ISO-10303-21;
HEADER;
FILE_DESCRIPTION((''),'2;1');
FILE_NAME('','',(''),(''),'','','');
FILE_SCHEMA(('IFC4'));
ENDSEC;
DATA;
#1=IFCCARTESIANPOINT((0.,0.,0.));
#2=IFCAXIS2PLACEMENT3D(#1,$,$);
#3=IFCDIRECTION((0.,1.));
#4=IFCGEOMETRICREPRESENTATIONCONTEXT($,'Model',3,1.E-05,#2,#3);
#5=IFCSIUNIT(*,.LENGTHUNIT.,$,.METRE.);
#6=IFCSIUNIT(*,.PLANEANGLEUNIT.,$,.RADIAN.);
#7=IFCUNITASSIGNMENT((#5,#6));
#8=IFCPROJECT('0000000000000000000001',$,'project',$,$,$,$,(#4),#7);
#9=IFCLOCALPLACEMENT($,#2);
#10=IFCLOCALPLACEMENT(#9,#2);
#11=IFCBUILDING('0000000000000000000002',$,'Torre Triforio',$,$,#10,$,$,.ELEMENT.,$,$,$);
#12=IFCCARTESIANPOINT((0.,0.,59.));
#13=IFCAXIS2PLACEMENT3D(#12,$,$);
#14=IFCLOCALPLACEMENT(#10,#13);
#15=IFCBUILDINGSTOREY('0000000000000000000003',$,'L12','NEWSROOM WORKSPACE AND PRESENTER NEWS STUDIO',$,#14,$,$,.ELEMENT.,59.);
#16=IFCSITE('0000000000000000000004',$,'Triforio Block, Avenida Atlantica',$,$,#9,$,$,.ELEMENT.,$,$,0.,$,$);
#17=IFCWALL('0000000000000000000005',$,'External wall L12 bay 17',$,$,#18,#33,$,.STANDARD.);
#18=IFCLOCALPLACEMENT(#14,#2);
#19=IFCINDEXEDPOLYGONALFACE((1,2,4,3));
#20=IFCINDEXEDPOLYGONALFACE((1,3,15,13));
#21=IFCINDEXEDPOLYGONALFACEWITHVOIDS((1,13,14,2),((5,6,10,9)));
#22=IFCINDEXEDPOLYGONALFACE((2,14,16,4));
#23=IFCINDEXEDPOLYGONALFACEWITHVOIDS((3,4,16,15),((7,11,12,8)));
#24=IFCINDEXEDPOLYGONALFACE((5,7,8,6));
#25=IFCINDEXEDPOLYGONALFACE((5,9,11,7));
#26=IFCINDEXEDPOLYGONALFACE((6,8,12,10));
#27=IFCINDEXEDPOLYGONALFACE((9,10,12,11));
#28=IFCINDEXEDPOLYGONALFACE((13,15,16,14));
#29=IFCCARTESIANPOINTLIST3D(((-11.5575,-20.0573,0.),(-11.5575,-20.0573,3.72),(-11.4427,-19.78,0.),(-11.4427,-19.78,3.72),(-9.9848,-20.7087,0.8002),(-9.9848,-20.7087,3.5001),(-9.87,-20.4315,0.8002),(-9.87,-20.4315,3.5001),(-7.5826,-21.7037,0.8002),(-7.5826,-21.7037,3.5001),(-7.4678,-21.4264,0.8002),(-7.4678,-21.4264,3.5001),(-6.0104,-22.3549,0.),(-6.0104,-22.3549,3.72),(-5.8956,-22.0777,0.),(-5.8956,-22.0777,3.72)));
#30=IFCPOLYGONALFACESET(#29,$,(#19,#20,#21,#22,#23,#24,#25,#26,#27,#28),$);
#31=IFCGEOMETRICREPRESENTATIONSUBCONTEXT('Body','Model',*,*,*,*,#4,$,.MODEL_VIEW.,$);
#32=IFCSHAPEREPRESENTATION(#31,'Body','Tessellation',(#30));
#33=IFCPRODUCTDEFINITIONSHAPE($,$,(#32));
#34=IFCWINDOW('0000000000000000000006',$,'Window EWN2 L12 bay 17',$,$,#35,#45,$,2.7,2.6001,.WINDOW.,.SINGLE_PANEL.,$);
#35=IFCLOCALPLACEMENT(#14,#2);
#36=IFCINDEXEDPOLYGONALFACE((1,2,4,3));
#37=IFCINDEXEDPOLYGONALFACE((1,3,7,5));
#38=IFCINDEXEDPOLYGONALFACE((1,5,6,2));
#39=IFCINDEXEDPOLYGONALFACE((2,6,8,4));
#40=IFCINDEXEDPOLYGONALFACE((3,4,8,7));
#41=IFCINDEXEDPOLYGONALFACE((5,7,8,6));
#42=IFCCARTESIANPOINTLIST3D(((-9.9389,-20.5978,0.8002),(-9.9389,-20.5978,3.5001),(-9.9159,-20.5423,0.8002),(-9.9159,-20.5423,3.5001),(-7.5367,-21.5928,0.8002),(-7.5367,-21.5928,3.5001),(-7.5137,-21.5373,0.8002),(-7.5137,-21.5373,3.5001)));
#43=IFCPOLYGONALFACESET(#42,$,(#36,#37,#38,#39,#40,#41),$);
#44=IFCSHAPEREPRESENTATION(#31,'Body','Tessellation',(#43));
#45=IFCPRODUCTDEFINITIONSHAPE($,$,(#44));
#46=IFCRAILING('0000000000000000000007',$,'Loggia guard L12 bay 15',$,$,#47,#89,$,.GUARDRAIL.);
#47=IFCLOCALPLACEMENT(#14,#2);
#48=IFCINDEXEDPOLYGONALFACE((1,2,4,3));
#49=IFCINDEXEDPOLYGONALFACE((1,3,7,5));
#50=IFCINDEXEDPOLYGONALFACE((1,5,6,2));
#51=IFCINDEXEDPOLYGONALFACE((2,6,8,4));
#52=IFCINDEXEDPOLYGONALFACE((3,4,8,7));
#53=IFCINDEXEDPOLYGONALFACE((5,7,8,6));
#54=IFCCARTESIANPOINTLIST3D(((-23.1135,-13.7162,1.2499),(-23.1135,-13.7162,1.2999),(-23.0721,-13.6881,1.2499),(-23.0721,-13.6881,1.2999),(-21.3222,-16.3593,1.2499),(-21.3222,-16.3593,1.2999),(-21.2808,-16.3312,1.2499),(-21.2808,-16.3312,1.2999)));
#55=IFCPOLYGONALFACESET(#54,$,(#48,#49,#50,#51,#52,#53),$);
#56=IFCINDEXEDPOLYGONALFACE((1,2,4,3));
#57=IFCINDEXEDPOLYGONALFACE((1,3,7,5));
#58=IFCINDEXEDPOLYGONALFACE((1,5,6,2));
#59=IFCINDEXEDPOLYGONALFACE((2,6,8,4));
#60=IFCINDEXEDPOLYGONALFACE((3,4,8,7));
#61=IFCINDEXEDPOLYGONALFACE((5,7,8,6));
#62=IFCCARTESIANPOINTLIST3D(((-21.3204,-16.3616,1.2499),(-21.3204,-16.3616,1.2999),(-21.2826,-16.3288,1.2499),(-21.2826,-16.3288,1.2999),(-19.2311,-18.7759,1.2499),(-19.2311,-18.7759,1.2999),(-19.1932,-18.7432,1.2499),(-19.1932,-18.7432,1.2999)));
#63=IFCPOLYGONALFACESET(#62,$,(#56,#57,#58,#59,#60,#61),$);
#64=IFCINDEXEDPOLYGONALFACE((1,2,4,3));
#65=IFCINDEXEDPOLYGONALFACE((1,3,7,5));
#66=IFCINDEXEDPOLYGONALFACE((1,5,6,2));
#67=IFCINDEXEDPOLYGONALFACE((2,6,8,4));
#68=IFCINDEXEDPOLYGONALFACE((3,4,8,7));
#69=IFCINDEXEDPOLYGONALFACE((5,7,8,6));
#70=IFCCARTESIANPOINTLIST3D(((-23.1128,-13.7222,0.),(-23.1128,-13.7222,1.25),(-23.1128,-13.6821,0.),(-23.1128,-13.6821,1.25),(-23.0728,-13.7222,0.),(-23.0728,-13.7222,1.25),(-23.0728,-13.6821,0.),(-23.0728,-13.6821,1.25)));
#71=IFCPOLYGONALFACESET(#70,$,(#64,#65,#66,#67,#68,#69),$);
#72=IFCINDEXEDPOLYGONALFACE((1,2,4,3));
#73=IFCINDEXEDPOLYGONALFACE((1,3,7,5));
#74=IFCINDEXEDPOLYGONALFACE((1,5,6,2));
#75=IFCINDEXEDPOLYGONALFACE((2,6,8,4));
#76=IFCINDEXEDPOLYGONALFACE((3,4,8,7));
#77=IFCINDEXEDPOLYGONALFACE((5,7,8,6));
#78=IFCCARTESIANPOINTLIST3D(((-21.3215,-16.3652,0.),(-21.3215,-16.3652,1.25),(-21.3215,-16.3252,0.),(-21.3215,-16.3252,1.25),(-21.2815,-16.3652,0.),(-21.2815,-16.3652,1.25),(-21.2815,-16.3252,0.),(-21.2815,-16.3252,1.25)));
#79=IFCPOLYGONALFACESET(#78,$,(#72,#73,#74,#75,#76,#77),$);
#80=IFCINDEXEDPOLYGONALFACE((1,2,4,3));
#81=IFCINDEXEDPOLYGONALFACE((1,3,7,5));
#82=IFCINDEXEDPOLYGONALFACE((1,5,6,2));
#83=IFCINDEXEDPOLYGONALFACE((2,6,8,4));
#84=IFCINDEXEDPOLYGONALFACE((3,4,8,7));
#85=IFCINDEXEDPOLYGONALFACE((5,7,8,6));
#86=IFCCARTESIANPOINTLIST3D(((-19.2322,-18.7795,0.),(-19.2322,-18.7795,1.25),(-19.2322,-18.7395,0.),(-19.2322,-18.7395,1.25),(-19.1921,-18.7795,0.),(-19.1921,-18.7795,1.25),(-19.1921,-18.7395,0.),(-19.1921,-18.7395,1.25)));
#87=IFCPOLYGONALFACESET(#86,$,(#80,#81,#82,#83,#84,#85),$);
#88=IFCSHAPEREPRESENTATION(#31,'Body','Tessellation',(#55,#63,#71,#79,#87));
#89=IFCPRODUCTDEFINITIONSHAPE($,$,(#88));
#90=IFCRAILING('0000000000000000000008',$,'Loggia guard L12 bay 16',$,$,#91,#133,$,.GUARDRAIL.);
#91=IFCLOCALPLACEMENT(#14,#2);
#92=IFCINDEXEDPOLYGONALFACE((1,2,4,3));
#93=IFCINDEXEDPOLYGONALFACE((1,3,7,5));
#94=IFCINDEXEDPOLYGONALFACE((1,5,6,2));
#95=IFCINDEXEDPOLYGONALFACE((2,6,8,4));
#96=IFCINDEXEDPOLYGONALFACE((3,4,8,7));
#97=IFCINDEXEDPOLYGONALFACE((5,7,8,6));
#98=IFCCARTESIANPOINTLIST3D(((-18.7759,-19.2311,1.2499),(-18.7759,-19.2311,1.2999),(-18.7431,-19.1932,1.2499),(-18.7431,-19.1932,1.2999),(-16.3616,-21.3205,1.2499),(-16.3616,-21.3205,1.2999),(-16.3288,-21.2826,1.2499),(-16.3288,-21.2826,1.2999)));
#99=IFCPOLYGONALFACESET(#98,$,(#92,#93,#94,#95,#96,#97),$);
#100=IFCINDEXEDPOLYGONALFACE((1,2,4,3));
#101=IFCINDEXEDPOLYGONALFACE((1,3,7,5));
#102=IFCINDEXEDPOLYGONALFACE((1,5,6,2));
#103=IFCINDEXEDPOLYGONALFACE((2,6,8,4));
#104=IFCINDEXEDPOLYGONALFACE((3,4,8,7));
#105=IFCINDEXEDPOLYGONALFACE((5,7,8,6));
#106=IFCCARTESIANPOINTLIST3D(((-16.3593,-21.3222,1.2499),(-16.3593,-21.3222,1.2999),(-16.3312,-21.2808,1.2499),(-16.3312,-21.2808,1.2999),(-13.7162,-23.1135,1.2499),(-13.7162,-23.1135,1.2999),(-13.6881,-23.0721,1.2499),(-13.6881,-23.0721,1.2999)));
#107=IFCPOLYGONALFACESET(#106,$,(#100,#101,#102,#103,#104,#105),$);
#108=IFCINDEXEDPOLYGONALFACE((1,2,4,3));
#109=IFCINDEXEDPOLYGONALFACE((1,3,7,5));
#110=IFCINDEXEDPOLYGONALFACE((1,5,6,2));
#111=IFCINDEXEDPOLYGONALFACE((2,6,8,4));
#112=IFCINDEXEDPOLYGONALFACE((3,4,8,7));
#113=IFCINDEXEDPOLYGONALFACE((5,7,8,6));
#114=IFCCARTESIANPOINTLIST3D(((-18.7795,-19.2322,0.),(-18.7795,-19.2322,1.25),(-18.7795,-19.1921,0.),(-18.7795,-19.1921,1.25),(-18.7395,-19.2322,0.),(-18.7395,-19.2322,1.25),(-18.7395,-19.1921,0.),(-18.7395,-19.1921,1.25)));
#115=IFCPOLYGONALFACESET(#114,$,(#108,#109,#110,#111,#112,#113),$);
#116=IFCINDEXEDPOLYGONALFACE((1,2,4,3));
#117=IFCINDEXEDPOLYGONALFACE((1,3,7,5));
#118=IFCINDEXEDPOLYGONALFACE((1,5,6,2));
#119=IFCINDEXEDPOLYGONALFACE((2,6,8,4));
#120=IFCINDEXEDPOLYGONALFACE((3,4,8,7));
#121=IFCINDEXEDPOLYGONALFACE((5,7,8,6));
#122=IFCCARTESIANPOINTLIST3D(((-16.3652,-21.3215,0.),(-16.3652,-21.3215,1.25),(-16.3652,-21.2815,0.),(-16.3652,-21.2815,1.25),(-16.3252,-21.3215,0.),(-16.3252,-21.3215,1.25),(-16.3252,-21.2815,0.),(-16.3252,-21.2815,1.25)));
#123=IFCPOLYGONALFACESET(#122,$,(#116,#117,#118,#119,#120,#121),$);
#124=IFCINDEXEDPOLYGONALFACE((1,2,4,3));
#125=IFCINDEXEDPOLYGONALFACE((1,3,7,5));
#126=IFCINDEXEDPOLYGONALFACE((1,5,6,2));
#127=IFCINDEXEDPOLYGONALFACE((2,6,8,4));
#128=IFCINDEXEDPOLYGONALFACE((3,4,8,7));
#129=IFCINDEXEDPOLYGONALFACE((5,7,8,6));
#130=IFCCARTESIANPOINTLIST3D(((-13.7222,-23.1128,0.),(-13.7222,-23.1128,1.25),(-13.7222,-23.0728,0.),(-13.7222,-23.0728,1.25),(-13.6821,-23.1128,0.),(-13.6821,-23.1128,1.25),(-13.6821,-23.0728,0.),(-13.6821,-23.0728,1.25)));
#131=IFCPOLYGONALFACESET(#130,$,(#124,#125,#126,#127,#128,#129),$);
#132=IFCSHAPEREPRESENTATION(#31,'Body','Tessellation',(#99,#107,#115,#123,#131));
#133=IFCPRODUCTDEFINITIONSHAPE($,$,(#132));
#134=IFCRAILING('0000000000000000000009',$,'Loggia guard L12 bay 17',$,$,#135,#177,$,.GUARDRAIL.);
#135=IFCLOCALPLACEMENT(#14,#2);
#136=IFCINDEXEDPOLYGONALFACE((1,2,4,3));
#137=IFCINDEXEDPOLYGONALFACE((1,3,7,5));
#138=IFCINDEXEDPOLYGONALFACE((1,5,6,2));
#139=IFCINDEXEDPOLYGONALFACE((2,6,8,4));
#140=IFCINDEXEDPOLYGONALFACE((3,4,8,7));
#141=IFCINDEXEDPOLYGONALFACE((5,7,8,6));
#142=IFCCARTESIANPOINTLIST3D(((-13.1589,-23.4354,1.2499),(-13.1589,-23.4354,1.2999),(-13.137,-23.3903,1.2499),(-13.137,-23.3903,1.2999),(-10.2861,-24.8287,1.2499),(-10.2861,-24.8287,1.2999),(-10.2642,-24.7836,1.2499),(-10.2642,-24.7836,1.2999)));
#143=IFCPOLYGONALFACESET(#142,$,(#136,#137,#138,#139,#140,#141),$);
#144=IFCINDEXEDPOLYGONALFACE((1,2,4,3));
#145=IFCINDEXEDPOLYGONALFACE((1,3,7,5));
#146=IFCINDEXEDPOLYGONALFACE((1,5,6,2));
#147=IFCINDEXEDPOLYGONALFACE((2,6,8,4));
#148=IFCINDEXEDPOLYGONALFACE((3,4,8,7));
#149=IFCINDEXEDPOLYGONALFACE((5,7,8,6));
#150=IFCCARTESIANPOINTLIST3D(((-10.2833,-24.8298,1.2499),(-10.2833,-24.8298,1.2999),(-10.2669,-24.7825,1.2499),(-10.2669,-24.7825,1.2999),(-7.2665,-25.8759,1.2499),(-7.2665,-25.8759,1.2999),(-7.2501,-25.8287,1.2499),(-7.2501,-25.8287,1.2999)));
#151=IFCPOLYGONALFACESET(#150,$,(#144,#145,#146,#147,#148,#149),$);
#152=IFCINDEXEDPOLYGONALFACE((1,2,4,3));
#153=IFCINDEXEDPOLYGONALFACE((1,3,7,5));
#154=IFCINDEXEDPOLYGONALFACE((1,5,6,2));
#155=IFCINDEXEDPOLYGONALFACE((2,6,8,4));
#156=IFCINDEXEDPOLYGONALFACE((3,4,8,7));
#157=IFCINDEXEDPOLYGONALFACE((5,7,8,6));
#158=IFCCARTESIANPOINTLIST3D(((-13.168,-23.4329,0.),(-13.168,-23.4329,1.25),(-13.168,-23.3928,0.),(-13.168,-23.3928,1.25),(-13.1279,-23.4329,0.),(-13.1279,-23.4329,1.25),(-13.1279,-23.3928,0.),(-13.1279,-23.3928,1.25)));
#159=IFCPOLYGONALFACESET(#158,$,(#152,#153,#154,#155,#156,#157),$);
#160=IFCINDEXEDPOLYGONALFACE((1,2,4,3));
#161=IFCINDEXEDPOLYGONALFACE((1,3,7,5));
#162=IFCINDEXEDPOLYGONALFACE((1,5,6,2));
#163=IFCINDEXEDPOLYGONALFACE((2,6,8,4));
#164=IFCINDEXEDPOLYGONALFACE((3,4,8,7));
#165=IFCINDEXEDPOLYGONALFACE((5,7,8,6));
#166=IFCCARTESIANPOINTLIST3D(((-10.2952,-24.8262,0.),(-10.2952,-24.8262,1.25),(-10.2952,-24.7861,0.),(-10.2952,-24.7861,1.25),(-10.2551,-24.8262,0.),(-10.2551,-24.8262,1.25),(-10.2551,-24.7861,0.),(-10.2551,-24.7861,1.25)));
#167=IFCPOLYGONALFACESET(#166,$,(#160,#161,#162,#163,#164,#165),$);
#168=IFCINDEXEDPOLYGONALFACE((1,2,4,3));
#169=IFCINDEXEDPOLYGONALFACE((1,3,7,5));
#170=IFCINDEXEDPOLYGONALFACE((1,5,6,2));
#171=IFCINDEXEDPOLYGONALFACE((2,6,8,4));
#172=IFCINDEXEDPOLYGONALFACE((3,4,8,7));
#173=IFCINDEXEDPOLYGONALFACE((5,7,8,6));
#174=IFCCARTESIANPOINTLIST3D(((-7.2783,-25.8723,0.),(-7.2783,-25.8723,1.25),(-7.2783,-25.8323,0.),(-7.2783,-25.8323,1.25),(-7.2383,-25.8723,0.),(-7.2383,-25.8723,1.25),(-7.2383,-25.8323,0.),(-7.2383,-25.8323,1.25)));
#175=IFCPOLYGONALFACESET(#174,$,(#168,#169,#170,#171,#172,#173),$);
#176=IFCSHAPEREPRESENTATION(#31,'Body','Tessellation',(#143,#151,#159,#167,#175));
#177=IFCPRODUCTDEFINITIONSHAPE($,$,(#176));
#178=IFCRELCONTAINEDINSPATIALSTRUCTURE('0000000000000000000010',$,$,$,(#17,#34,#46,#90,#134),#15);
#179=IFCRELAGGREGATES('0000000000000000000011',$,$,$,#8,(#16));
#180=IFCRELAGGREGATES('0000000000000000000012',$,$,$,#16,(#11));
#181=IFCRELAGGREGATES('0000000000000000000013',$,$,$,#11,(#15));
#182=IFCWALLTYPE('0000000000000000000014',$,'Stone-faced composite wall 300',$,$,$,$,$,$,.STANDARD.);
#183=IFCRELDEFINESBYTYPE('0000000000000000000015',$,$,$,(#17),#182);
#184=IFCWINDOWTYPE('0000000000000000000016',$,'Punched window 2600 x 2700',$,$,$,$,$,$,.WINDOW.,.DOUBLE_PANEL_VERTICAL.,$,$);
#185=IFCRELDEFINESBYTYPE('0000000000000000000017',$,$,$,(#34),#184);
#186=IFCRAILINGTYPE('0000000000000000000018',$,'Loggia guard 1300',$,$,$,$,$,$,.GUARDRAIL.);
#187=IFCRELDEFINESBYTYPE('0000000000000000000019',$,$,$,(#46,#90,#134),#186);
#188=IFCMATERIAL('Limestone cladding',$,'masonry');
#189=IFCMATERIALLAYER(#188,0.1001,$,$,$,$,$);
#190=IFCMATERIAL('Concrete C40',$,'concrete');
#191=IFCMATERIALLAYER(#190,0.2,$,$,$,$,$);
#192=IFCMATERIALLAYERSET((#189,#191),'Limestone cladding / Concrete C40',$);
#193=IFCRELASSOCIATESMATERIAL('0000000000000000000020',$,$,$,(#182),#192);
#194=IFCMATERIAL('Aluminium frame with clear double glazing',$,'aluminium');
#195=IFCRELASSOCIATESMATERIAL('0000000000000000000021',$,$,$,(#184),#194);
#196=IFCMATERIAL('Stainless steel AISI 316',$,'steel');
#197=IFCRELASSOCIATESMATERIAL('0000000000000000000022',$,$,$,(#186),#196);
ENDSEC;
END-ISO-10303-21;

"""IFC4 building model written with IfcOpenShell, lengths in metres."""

from ifc_helpers import new_model, si_unit, direction, frame, frame_2d, origin, origin_2d, place, context, subcontext, project, spatial, rectangle, extrude, material, layer, layer_set, type_object, element, fill, save


model = new_model("IFC4")

# Units and contexts
model_context = context("Model", 3, precision=1e-05, world=origin(), true_north=direction((0.0, 1.0)))
body_context = subcontext(model_context, "Body", "Model", "MODEL_VIEW")
ifc_project = project(units=[si_unit("LENGTHUNIT", "METRE"), si_unit("PLANEANGLEUNIT", "RADIAN")], contexts=[model_context])

# Site, building, storey
site_placement = place(None, origin())
site = spatial("IfcSite", under=ifc_project, at=site_placement, Name="Triforio Block, Avenida Atlantica", CompositionType="ELEMENT", RefElevation=0.0)
building_placement = place(site_placement, origin())
building = spatial("IfcBuilding", under=site, at=building_placement, Name="Torre Triforio", CompositionType="ELEMENT")
storey_placement = place(building_placement, frame((0.0, 0.0, 59.0)))
storey = spatial("IfcBuildingStorey", under=building, at=storey_placement, Name="L12", Description="NEWSROOM WORKSPACE AND PRESENTER NEWS STUDIO", CompositionType="ELEMENT", Elevation=59.0)

# Shared definitions
ifc_material_1 = material(Name="Limestone cladding", Category="masonry")
ifc_material_2 = material(Name="Concrete C40", Category="concrete")

# Shared definitions
ifc_layer_1 = layer(ifc_material_1, 0.1001)
ifc_layer_2 = layer(ifc_material_2, 0.2)
ifc_layer_set_1 = layer_set([ifc_layer_1, ifc_layer_2], Name="Limestone cladding / Concrete C40")
wall_type_1 = type_object("IfcWallType", Name="Stone-faced composite wall 300", PredefinedType="STANDARD", material=ifc_layer_set_1)
ifc_material_3 = material(Name="Aluminium frame with clear double glazing", Category="aluminium")
window_type_1 = type_object("IfcWindowType", Name="Punched window 2600 x 2700", PartitioningType="DOUBLE_PANEL_VERTICAL", PredefinedType="WINDOW", material=ifc_material_3)

# Wall, opening, window
wall_1_placement = place(storey_placement, frame((-11.5, -19.9187, 0.0), z_axis=(0.0, 0.0, 1.0), x_axis=(0.923885, -0.382671, 0.0)))
wall_1 = element("IfcWall", 1, at=wall_1_placement, inside=storey, type_object=wall_type_1, Name="External wall L12 bay 17", PredefinedType="STANDARD", context=body_context, shape_type="SweptSolid", body=[
    extrude(rectangle(XDim=6.0042, YDim=0.3, at=frame_2d((3.002, 0.0))), origin(), (0.0, 0.0, 1.0), 3.72),
])
opening_1_placement = place(wall_1_placement, frame((1.7021, 0.0, 0.8)))
opening_1 = element("IfcOpeningElement", 2, at=opening_1_placement, cuts=wall_1, PredefinedType="OPENING", context=body_context, shape_type="SweptSolid", body=[
    extrude(rectangle(XDim=2.6001, YDim=2.7, at=frame_2d((1.3, 1.3501))), frame((0.0, 0.1599, 0.0), z_axis=(0.0, -1.0, 0.0), x_axis=(1.0, 0.0, 0.0)), (0.0, 0.0, 1.0), 0.3201),
])
window_1_placement = place(opening_1_placement, origin())
window_1 = element("IfcWindow", 3, at=window_1_placement, inside=storey, type_object=window_type_1, Name="Window EWN2 L12 bay 17", OverallHeight=2.7, OverallWidth=2.6001, PartitioningType="SINGLE_PANEL", PredefinedType="WINDOW", context=body_context, shape_type="SweptSolid", body=[
    extrude(rectangle(XDim=2.6001, YDim=2.7, at=frame_2d((1.3, 1.3501))), frame((0.0, 0.03, 0.0), z_axis=(0.0, -1.0, 0.0), x_axis=(1.0, 0.0, 0.0)), (0.0, 0.0, 1.0), 0.0601),
])
fill(opening_1, window_1)

# Railings
ifc_material_4 = material(Name="Stainless steel AISI 316", Category="steel")
railing_type = type_object("IfcRailingType", Name="Loggia guard 1300", PredefinedType="GUARDRAIL", material=ifc_material_4)
railing_1_placement = place(storey_placement, frame((-23.0928, -13.7021, 0.0)))
element("IfcRailing", 4, at=railing_1_placement, inside=storey, type_object=railing_type, Name="Loggia guard L12 bay 15", PredefinedType="GUARDRAIL", context=body_context, shape_type="SweptSolid", body=[
    extrude(rectangle(XDim=0.05, YDim=0.05, at=origin_2d()), frame((0.0, 0.0, 1.2749), z_axis=(0.561019, -0.827803, 0.0), x_axis=(0.827803, 0.561019, 0.0)), (0.0, 0.0, 1.0), 3.1929),
    extrude(rectangle(XDim=0.05, YDim=0.05, at=origin_2d()), frame((1.7913, -2.6431, 1.2749), z_axis=(0.654386, -0.756161, 0.0), x_axis=(0.756161, 0.654386, 0.0)), (0.0, 0.0, 1.0), 3.1929),
    extrude(rectangle(XDim=0.04, YDim=0.04, at=origin_2d()), origin(), (0.0, 0.0, 1.0), 1.25),
    extrude(rectangle(XDim=0.04, YDim=0.04, at=origin_2d()), frame((1.7913, -2.6431, 0.0)), (0.0, 0.0, 1.0), 1.25),
    extrude(rectangle(XDim=0.04, YDim=0.04, at=origin_2d()), frame((3.8806, -5.0574, 0.0)), (0.0, 0.0, 1.0), 1.25),
])
railing_2_placement = place(storey_placement, frame((-18.7595, -19.2122, 0.0)))
element("IfcRailing", 5, at=railing_2_placement, inside=storey, type_object=railing_type, Name="Loggia guard L12 bay 16", PredefinedType="GUARDRAIL", context=body_context, shape_type="SweptSolid", body=[
    extrude(rectangle(XDim=0.05, YDim=0.05, at=origin_2d()), frame((0.0, 0.0, 1.2749), z_axis=(0.756161, -0.654386, 0.0), x_axis=(0.654386, 0.756161, 0.0)), (0.0, 0.0, 1.0), 3.1929),
    extrude(rectangle(XDim=0.05, YDim=0.05, at=origin_2d()), frame((2.4143, -2.0894, 1.2749), z_axis=(0.827803, -0.561019, 0.0), x_axis=(0.561019, 0.827803, 0.0)), (0.0, 0.0, 1.0), 3.1929),
    extrude(rectangle(XDim=0.04, YDim=0.04, at=origin_2d()), origin(), (0.0, 0.0, 1.0), 1.25),
    extrude(rectangle(XDim=0.04, YDim=0.04, at=origin_2d()), frame((2.4143, -2.0894, 0.0)), (0.0, 0.0, 1.0), 1.25),
    extrude(rectangle(XDim=0.04, YDim=0.04, at=origin_2d()), frame((5.0574, -3.8806, 0.0)), (0.0, 0.0, 1.0), 1.25),
])
railing_3_placement = place(storey_placement, frame((-13.1479, -23.4128, 0.0)))
element("IfcRailing", 6, at=railing_3_placement, inside=storey, type_object=railing_type, Name="Loggia guard L12 bay 17", PredefinedType="GUARDRAIL", context=body_context, shape_type="SweptSolid", body=[
    extrude(rectangle(XDim=0.05, YDim=0.05, at=origin_2d()), frame((0.0, 0.0, 1.2749), z_axis=(0.89976, -0.436384, 0.0), x_axis=(0.436384, 0.89976, 0.0)), (0.0, 0.0, 1.0), 3.1929),
    extrude(rectangle(XDim=0.05, YDim=0.05, at=origin_2d()), frame((2.8728, -1.3933, 1.2749), z_axis=(0.944807, -0.327628, 0.0), x_axis=(0.327628, 0.944807, 0.0)), (0.0, 0.0, 1.0), 3.1931),
    extrude(rectangle(XDim=0.04, YDim=0.04, at=origin_2d()), origin(), (0.0, 0.0, 1.0), 1.25),
    extrude(rectangle(XDim=0.04, YDim=0.04, at=origin_2d()), frame((2.8728, -1.3933, 0.0)), (0.0, 0.0, 1.0), 1.25),
    extrude(rectangle(XDim=0.04, YDim=0.04, at=origin_2d()), frame((5.8896, -2.4395, 0.0)), (0.0, 0.0, 1.0), 1.25),
])

save(model, "model.ifc")
